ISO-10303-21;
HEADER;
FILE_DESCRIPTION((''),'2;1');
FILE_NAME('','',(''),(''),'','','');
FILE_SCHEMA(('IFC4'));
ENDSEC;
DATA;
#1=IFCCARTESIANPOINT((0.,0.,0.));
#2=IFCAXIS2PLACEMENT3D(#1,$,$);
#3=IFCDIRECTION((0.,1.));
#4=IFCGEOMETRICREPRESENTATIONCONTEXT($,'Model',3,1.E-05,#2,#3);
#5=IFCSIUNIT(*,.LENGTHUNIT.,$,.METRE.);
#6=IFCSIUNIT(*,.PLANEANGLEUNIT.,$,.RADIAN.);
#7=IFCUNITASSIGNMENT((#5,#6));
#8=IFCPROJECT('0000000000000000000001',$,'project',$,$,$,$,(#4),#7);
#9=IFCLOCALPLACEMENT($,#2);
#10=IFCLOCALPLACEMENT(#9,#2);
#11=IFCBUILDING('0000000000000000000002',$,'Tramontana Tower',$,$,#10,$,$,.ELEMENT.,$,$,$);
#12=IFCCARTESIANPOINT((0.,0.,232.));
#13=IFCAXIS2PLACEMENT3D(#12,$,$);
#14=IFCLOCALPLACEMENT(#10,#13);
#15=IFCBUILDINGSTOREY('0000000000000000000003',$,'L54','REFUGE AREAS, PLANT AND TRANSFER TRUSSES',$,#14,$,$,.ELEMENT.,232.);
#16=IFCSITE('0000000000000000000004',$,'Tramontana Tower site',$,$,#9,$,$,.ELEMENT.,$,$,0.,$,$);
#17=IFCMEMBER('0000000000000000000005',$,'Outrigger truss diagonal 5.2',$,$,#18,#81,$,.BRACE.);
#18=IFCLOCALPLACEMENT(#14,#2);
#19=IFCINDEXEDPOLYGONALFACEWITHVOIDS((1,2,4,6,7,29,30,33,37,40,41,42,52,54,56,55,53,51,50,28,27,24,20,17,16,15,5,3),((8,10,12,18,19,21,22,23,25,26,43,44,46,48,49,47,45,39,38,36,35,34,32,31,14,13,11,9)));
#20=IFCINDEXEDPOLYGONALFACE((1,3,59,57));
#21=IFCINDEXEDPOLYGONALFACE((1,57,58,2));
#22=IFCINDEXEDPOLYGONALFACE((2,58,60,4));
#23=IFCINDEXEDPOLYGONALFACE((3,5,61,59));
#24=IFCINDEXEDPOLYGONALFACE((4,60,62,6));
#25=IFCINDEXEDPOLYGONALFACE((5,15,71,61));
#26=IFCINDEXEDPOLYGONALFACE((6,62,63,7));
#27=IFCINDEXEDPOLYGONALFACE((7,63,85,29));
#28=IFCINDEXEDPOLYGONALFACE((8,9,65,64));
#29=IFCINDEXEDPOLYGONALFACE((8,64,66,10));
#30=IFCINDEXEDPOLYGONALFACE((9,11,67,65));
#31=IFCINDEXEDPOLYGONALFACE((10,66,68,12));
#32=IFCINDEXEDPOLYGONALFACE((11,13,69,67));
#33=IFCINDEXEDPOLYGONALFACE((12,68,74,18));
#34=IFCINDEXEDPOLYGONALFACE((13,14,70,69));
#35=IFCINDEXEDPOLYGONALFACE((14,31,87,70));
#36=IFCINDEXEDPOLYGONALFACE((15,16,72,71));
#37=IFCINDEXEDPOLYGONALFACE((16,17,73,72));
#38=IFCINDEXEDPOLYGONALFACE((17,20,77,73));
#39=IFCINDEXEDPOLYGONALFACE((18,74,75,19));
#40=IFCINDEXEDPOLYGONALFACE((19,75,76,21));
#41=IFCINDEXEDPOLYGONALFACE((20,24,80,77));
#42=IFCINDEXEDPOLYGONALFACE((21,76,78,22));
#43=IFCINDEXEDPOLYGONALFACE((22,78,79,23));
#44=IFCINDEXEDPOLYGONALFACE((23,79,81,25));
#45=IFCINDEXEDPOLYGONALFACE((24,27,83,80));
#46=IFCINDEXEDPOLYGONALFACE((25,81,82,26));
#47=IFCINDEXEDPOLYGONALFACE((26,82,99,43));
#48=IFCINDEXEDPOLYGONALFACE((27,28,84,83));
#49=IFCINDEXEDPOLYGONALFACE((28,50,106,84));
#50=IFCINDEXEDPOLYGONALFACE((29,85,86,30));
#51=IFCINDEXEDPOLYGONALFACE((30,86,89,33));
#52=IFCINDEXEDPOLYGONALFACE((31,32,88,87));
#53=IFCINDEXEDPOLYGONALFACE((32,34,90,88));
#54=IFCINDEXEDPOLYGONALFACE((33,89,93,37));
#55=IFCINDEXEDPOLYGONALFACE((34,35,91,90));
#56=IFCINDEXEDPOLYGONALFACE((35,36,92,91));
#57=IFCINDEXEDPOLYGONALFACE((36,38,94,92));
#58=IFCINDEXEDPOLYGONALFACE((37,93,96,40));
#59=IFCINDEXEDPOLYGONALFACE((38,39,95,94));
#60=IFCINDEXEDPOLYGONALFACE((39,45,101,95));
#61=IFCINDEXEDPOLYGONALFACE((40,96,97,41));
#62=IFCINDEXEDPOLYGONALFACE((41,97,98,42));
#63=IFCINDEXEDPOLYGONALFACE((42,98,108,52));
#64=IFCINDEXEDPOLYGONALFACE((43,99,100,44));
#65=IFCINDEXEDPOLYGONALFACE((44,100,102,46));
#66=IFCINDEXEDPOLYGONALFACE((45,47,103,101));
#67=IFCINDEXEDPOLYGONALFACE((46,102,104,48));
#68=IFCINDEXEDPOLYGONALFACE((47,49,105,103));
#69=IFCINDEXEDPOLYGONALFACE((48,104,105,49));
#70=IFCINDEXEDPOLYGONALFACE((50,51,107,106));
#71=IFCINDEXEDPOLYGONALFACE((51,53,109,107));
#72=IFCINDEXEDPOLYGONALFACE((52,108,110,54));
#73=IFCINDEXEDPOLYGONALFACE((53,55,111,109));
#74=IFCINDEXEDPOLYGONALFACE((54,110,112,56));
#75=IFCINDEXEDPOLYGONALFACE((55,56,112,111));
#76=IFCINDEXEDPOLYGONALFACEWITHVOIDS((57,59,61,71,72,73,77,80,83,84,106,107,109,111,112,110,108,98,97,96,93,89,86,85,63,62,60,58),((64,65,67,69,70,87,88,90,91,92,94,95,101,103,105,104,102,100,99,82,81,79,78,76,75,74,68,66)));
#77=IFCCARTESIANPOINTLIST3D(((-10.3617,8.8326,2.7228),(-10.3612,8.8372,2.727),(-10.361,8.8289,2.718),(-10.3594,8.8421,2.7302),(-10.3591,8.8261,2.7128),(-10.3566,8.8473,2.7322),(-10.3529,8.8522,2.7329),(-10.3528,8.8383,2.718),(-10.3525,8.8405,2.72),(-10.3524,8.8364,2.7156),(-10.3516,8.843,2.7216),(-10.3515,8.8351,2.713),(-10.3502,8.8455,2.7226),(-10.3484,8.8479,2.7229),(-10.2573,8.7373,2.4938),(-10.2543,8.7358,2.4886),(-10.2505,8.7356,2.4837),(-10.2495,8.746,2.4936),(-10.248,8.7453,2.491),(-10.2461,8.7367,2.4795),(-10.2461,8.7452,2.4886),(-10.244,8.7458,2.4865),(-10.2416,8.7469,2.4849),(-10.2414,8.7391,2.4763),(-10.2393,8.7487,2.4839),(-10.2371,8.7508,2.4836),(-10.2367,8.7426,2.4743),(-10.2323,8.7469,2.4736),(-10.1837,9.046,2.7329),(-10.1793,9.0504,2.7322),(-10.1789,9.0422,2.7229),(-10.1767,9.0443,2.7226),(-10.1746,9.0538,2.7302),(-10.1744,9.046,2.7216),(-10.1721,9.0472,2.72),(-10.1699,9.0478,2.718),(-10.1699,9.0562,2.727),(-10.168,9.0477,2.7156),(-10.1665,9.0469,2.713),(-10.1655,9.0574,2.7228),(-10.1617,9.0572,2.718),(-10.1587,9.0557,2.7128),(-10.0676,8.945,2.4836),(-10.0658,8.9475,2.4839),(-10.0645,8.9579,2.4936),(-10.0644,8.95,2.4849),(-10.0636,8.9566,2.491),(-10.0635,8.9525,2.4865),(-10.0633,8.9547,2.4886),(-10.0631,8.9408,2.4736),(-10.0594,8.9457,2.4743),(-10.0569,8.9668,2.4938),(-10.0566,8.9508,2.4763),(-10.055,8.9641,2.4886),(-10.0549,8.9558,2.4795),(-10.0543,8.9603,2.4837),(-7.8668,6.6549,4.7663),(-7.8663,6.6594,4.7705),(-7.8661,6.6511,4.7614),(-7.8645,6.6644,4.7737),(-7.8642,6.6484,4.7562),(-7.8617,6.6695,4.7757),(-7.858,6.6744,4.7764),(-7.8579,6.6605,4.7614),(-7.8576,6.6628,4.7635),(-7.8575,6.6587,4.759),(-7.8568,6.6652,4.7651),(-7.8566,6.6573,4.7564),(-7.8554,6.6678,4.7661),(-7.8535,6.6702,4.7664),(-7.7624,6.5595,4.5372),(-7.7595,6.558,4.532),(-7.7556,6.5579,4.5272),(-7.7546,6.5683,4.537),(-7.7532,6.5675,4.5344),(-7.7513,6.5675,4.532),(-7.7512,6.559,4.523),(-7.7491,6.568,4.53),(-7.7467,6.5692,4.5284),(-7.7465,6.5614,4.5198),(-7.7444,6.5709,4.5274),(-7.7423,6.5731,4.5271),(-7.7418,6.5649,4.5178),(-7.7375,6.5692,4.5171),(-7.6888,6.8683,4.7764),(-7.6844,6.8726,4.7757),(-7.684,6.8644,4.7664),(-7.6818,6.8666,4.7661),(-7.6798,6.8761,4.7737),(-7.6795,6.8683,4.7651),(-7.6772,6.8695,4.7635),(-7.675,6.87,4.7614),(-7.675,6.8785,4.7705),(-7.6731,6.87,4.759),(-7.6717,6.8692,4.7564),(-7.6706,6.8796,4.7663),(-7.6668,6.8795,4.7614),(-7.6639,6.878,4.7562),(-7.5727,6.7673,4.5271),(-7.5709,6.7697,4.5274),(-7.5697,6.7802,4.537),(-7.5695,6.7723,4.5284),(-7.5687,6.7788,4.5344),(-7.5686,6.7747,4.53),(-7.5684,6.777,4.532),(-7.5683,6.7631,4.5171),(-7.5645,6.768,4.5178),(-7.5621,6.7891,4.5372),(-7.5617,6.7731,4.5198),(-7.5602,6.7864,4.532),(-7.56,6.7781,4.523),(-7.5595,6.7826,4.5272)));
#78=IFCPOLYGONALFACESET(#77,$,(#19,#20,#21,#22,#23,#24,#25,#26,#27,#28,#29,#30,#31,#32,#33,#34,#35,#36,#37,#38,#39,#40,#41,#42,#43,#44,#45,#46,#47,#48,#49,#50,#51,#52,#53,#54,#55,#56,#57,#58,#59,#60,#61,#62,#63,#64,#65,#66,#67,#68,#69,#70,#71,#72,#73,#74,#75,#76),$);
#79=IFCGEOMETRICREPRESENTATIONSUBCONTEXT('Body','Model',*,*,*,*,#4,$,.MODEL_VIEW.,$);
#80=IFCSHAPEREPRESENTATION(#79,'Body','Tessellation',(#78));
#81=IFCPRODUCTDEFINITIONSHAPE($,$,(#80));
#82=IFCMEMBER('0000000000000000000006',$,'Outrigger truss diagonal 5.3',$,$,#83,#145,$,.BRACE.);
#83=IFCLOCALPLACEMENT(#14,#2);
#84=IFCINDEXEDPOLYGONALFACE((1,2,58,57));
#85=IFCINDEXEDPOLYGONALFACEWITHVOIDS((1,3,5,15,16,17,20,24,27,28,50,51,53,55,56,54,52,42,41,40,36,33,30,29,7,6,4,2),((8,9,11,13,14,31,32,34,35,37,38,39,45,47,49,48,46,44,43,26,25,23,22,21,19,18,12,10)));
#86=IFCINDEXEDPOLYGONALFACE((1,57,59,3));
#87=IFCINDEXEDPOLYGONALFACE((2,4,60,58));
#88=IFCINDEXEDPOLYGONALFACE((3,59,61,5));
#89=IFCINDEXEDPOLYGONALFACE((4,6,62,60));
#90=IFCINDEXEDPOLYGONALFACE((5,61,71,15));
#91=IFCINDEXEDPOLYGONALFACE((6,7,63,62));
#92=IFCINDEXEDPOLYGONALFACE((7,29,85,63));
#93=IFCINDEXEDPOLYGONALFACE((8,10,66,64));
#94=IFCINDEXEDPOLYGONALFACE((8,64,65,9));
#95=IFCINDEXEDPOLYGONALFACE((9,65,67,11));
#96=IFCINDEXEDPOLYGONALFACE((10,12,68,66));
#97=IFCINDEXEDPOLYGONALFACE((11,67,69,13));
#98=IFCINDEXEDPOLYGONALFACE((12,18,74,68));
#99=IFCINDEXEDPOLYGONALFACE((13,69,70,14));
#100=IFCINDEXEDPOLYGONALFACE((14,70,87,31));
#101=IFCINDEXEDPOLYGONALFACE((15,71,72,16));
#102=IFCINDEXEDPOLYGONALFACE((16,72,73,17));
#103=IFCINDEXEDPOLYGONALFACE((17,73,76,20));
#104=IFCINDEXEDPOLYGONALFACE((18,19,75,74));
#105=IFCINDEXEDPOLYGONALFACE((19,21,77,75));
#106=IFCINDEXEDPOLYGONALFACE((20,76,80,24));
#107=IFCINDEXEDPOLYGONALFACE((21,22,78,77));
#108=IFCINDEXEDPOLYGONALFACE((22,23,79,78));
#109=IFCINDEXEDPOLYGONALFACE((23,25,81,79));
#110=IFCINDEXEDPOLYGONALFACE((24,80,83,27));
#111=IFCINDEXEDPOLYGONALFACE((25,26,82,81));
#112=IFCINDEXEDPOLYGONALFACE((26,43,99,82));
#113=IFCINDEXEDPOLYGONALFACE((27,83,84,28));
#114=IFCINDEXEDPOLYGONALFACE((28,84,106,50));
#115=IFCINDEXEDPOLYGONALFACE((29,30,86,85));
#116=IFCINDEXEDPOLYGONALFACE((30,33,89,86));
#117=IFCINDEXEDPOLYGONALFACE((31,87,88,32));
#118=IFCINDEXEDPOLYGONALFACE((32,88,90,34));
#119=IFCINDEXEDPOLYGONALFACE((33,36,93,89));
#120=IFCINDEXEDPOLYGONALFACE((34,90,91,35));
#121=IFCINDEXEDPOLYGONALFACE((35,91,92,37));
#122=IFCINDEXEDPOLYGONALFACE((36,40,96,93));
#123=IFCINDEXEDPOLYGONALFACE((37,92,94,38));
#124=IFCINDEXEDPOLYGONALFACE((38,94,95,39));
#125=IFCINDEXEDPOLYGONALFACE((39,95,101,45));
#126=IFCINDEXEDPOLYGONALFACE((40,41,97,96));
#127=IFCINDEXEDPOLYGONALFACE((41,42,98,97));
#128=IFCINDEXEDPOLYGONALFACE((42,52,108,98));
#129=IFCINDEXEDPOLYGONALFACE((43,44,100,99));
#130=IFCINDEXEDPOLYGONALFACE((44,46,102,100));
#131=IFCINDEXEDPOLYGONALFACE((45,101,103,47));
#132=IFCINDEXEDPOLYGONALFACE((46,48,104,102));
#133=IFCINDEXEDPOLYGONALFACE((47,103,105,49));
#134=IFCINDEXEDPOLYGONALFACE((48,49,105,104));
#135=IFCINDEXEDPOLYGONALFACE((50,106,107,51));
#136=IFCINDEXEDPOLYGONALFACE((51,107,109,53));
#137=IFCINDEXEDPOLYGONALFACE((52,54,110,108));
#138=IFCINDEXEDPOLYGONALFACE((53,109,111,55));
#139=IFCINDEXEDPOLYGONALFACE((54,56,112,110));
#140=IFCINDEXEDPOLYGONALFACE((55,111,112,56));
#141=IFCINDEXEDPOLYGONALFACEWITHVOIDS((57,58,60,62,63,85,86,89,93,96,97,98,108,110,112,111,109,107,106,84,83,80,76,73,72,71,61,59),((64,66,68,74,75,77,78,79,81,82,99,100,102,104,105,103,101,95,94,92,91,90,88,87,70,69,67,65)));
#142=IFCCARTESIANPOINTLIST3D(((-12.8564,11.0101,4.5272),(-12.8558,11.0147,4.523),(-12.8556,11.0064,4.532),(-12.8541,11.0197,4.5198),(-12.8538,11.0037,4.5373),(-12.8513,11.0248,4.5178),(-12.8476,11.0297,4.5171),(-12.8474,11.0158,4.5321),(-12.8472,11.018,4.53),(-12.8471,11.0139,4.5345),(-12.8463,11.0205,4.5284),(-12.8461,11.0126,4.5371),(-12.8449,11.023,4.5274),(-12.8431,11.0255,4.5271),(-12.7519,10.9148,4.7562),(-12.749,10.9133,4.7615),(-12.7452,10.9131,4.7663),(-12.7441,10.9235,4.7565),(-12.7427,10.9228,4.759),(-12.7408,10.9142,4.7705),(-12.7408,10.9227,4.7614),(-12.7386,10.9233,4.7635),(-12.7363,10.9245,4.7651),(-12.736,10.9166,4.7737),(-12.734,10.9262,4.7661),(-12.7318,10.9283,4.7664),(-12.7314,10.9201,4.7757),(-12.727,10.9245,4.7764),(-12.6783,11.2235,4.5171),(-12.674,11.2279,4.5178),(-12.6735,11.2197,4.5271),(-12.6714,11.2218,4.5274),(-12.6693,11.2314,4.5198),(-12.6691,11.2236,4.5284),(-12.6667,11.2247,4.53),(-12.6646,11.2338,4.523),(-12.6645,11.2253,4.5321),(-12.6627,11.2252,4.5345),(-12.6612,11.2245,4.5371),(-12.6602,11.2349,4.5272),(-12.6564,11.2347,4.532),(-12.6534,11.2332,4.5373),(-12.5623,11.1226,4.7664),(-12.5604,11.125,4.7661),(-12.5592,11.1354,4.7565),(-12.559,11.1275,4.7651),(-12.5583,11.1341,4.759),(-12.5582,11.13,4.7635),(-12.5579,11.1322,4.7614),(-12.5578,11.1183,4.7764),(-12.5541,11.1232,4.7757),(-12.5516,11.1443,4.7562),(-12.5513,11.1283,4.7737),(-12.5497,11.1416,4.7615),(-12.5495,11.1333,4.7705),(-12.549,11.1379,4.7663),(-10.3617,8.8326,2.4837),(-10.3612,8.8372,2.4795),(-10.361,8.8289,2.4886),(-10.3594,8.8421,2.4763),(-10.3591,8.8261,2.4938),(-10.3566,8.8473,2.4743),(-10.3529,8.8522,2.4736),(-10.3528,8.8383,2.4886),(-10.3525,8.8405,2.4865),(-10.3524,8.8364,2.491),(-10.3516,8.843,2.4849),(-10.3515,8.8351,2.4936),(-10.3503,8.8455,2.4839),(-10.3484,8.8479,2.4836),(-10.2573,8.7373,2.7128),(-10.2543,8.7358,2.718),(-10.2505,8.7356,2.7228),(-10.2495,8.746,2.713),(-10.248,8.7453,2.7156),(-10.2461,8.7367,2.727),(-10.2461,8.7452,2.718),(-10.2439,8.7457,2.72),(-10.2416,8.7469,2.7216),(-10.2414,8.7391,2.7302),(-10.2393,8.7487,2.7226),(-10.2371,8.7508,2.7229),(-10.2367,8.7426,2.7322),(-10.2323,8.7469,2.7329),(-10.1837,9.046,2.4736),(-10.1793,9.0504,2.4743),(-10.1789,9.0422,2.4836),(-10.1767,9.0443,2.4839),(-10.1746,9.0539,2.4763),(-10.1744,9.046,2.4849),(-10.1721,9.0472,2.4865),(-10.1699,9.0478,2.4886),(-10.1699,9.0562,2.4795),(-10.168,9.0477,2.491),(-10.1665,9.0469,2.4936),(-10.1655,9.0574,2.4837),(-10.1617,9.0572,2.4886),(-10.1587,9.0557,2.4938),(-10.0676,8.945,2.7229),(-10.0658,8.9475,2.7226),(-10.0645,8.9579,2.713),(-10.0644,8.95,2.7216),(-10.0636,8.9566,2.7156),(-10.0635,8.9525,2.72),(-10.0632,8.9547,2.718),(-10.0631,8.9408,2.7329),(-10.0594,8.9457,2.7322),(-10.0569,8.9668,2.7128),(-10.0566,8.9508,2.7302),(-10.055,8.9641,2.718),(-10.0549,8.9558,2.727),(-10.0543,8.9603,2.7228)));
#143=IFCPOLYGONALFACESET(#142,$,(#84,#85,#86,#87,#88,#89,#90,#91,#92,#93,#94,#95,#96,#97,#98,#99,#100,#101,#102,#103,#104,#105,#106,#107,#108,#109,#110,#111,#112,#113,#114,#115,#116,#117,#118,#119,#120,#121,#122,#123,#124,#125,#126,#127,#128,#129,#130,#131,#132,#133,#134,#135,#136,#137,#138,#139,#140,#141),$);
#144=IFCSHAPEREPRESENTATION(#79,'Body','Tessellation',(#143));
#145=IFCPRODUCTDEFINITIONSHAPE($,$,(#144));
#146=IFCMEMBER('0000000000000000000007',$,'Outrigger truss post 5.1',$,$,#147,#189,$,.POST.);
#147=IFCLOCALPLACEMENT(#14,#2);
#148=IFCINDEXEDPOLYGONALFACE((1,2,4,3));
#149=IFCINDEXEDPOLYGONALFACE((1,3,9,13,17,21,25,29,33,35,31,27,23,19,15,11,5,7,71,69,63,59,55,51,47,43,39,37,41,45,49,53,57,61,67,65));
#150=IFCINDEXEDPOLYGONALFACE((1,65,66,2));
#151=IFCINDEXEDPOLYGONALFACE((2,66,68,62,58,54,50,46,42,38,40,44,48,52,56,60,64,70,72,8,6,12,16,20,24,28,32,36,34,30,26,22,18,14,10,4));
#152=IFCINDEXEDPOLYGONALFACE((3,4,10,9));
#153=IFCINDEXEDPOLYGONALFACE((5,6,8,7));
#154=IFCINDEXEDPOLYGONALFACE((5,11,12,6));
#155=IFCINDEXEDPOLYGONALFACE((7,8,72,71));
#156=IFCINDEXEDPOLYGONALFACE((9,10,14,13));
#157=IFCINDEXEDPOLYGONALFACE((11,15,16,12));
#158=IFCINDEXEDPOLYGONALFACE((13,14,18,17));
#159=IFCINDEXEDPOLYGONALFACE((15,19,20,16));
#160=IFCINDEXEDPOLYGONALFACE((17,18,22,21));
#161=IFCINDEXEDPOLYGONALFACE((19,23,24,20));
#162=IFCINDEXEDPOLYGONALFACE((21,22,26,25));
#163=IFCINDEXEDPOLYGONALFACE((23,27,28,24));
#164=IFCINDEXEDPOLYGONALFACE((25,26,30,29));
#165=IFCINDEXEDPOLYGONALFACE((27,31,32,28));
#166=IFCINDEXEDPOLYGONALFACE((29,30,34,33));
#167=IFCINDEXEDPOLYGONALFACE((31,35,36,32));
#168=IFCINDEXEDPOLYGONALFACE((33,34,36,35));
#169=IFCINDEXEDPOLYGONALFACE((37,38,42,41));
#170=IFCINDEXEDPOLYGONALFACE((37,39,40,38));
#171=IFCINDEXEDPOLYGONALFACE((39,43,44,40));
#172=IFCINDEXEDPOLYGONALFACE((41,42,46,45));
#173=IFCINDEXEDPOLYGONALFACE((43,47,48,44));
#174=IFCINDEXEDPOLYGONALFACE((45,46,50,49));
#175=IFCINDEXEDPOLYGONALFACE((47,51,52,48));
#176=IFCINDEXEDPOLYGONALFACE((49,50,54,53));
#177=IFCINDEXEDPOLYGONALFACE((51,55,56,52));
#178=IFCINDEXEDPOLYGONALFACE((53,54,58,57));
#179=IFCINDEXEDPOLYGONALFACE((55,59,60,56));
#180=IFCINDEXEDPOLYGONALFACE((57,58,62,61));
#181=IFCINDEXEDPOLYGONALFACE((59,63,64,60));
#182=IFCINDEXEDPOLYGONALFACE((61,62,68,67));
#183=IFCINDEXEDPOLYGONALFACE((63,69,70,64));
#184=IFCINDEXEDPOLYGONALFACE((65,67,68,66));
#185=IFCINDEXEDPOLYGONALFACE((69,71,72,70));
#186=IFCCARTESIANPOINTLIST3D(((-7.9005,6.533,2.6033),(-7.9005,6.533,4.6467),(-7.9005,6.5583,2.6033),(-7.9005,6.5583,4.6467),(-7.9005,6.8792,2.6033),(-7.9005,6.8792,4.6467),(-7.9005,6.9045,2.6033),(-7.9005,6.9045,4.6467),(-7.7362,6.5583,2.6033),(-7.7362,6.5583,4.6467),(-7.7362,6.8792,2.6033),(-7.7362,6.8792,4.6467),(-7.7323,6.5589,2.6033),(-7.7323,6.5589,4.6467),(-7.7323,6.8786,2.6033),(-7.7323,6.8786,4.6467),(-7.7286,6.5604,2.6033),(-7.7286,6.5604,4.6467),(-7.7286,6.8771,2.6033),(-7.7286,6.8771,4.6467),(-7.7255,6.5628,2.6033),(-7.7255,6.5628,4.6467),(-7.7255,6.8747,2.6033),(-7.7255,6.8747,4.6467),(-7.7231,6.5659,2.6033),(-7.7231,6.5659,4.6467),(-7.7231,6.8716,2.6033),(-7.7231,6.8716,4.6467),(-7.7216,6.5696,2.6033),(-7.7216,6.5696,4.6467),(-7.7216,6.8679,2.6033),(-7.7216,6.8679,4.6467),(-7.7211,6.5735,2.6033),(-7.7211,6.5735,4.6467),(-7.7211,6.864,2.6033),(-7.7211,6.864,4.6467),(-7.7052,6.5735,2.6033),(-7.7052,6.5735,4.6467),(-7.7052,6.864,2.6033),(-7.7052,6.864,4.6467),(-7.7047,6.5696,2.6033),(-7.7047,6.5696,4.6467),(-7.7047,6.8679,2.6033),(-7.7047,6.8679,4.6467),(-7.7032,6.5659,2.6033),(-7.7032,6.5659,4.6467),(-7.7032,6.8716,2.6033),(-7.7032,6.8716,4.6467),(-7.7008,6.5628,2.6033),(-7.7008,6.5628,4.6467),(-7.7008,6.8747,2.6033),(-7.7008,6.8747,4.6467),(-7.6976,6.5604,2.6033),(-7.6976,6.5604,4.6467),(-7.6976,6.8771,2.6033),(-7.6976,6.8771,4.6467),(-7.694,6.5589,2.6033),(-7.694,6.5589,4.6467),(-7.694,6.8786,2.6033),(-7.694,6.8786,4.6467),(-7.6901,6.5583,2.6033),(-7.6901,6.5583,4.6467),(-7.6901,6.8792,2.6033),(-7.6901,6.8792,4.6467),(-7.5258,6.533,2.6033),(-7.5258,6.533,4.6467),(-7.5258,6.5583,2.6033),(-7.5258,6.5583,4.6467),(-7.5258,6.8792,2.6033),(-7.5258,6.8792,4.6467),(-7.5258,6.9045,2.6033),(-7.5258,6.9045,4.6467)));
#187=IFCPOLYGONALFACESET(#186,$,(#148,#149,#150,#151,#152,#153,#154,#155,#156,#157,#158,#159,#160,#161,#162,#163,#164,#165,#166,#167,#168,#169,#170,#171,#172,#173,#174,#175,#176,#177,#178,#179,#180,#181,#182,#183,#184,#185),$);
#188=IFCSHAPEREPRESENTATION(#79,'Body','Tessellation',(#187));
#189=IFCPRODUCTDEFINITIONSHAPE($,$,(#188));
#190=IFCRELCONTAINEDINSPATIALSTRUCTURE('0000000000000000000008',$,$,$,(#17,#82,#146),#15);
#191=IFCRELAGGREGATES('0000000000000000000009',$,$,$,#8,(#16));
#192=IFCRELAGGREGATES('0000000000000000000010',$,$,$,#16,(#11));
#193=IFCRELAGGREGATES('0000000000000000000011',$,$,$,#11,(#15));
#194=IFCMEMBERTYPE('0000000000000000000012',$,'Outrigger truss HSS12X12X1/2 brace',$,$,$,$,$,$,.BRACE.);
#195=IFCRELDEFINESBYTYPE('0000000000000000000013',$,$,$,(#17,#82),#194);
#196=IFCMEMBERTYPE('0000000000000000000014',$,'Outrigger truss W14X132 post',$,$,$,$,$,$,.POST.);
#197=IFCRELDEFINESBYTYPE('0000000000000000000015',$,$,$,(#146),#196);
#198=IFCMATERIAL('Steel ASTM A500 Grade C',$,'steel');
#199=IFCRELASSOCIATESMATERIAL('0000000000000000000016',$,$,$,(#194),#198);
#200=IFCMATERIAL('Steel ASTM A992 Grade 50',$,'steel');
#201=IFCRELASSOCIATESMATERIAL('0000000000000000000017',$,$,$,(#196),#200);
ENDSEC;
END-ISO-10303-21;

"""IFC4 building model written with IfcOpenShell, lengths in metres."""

from ifc_helpers import new_model, si_unit, direction, frame, origin, origin_2d, place, context, subcontext, project, spatial, hollow_rectangle, i_section, extrude, material, material_profile, profile_set, type_object, element, save


model = new_model("IFC4")

# Units and contexts
model_context = context("Model", 3, precision=1e-05, world=origin(), true_north=direction((0.0, 1.0)))
body_context = subcontext(model_context, "Body", "Model", "MODEL_VIEW")
ifc_project = project(units=[si_unit("LENGTHUNIT", "METRE"), si_unit("PLANEANGLEUNIT", "RADIAN")], contexts=[model_context])

# Site, building, storey
site_placement = place(None, origin())
site = spatial("IfcSite", under=ifc_project, at=site_placement, Name="Tramontana Tower site", CompositionType="ELEMENT", RefElevation=0.0)
building_placement = place(site_placement, origin())
building = spatial("IfcBuilding", under=site, at=building_placement, Name="Tramontana Tower", CompositionType="ELEMENT")
storey_placement = place(building_placement, frame((0.0, 0.0, 232.0)))
storey = spatial("IfcBuildingStorey", under=building, at=storey_placement, Name="L54", Description="REFUGE AREAS, PLANT AND TRANSFER TRUSSES", CompositionType="ELEMENT", Elevation=232.0)

# Members
ifc_material_1 = material(Name="Steel ASTM A500 Grade C", Category="steel")
ifc_material_profile_1 = material_profile(ifc_material_1, hollow_rectangle(XDim=0.3047, YDim=0.3047, WallThickness=0.0117, InnerFilletRadius=0.0117, OuterFilletRadius=0.0237, at=origin_2d()), Name="HSS12X12X1/2")
ifc_profile_set_1 = profile_set([ifc_material_profile_1], Name="Steel ASTM A500 Grade C")
member_type_1 = type_object("IfcMemberType", Name="Outrigger truss HSS12X12X1/2 brace", PredefinedType="BRACE", material=ifc_profile_set_1)
member_1_placement = place(storey_placement, frame((-7.7131, 6.7188, 4.6467), z_axis=(-0.641132, 0.559634, -0.525128), x_axis=(-0.657601, -0.753366, 0.0)))
element("IfcMember", 1, at=member_1_placement, inside=storey, type_object=member_type_1, Name="Outrigger truss diagonal 5.2", PredefinedType="BRACE", context=body_context, shape_type="SweptSolid", body=[
    extrude(hollow_rectangle(XDim=0.3047, YDim=0.3047, WallThickness=0.0117, InnerFilletRadius=0.0117, OuterFilletRadius=0.0237, at=origin_2d()), origin(), (0.0, 0.0, 1.0), 3.8914),
])
member_2_placement = place(storey_placement, frame((-10.208, 8.8965, 2.6033), z_axis=(-0.641118, 0.559614, 0.525167), x_axis=(-0.657596, -0.753371, 0.0)))
element("IfcMember", 2, at=member_2_placement, inside=storey, type_object=member_type_1, Name="Outrigger truss diagonal 5.3", PredefinedType="BRACE", context=body_context, shape_type="SweptSolid", body=[
    extrude(hollow_rectangle(XDim=0.3047, YDim=0.3047, WallThickness=0.0117, InnerFilletRadius=0.0117, OuterFilletRadius=0.0237, at=origin_2d()), origin(), (0.0, 0.0, 1.0), 3.8911),
])
ifc_material_2 = material(Name="Steel ASTM A992 Grade 50", Category="steel")
ifc_material_profile_2 = material_profile(ifc_material_2, i_section(OverallWidth=0.3748, OverallDepth=0.3716, WebThickness=0.0159, FlangeThickness=0.0254, FilletRadius=0.0151, at=origin_2d()), Name="W14X132")
ifc_profile_set_2 = profile_set([ifc_material_profile_2], Name="Steel ASTM A992 Grade 50")
member_type_2 = type_object("IfcMemberType", Name="Outrigger truss W14X132 post", PredefinedType="POST", material=ifc_profile_set_2)
for number, where, z_axis, x_axis, name in (
    (3, (-7.7131, 6.7188, 2.6033), (0.0, 0.0, 1.0), (1.0, 0.0, 0.0), "Outrigger truss post 5.1"),
):
    element("IfcMember", number, at=place(storey_placement, frame(where, z_axis=z_axis, x_axis=x_axis)), inside=storey, type_object=member_type_2, Name=name, PredefinedType="POST", context=body_context, shape_type="SweptSolid", body=[
        extrude(i_section(OverallWidth=0.3748, OverallDepth=0.3716, WebThickness=0.0159, FlangeThickness=0.0254, FilletRadius=0.0151, at=origin_2d()), origin(), (0.0, 0.0, 1.0), 2.0435),
    ])

save(model, "model.ifc")
